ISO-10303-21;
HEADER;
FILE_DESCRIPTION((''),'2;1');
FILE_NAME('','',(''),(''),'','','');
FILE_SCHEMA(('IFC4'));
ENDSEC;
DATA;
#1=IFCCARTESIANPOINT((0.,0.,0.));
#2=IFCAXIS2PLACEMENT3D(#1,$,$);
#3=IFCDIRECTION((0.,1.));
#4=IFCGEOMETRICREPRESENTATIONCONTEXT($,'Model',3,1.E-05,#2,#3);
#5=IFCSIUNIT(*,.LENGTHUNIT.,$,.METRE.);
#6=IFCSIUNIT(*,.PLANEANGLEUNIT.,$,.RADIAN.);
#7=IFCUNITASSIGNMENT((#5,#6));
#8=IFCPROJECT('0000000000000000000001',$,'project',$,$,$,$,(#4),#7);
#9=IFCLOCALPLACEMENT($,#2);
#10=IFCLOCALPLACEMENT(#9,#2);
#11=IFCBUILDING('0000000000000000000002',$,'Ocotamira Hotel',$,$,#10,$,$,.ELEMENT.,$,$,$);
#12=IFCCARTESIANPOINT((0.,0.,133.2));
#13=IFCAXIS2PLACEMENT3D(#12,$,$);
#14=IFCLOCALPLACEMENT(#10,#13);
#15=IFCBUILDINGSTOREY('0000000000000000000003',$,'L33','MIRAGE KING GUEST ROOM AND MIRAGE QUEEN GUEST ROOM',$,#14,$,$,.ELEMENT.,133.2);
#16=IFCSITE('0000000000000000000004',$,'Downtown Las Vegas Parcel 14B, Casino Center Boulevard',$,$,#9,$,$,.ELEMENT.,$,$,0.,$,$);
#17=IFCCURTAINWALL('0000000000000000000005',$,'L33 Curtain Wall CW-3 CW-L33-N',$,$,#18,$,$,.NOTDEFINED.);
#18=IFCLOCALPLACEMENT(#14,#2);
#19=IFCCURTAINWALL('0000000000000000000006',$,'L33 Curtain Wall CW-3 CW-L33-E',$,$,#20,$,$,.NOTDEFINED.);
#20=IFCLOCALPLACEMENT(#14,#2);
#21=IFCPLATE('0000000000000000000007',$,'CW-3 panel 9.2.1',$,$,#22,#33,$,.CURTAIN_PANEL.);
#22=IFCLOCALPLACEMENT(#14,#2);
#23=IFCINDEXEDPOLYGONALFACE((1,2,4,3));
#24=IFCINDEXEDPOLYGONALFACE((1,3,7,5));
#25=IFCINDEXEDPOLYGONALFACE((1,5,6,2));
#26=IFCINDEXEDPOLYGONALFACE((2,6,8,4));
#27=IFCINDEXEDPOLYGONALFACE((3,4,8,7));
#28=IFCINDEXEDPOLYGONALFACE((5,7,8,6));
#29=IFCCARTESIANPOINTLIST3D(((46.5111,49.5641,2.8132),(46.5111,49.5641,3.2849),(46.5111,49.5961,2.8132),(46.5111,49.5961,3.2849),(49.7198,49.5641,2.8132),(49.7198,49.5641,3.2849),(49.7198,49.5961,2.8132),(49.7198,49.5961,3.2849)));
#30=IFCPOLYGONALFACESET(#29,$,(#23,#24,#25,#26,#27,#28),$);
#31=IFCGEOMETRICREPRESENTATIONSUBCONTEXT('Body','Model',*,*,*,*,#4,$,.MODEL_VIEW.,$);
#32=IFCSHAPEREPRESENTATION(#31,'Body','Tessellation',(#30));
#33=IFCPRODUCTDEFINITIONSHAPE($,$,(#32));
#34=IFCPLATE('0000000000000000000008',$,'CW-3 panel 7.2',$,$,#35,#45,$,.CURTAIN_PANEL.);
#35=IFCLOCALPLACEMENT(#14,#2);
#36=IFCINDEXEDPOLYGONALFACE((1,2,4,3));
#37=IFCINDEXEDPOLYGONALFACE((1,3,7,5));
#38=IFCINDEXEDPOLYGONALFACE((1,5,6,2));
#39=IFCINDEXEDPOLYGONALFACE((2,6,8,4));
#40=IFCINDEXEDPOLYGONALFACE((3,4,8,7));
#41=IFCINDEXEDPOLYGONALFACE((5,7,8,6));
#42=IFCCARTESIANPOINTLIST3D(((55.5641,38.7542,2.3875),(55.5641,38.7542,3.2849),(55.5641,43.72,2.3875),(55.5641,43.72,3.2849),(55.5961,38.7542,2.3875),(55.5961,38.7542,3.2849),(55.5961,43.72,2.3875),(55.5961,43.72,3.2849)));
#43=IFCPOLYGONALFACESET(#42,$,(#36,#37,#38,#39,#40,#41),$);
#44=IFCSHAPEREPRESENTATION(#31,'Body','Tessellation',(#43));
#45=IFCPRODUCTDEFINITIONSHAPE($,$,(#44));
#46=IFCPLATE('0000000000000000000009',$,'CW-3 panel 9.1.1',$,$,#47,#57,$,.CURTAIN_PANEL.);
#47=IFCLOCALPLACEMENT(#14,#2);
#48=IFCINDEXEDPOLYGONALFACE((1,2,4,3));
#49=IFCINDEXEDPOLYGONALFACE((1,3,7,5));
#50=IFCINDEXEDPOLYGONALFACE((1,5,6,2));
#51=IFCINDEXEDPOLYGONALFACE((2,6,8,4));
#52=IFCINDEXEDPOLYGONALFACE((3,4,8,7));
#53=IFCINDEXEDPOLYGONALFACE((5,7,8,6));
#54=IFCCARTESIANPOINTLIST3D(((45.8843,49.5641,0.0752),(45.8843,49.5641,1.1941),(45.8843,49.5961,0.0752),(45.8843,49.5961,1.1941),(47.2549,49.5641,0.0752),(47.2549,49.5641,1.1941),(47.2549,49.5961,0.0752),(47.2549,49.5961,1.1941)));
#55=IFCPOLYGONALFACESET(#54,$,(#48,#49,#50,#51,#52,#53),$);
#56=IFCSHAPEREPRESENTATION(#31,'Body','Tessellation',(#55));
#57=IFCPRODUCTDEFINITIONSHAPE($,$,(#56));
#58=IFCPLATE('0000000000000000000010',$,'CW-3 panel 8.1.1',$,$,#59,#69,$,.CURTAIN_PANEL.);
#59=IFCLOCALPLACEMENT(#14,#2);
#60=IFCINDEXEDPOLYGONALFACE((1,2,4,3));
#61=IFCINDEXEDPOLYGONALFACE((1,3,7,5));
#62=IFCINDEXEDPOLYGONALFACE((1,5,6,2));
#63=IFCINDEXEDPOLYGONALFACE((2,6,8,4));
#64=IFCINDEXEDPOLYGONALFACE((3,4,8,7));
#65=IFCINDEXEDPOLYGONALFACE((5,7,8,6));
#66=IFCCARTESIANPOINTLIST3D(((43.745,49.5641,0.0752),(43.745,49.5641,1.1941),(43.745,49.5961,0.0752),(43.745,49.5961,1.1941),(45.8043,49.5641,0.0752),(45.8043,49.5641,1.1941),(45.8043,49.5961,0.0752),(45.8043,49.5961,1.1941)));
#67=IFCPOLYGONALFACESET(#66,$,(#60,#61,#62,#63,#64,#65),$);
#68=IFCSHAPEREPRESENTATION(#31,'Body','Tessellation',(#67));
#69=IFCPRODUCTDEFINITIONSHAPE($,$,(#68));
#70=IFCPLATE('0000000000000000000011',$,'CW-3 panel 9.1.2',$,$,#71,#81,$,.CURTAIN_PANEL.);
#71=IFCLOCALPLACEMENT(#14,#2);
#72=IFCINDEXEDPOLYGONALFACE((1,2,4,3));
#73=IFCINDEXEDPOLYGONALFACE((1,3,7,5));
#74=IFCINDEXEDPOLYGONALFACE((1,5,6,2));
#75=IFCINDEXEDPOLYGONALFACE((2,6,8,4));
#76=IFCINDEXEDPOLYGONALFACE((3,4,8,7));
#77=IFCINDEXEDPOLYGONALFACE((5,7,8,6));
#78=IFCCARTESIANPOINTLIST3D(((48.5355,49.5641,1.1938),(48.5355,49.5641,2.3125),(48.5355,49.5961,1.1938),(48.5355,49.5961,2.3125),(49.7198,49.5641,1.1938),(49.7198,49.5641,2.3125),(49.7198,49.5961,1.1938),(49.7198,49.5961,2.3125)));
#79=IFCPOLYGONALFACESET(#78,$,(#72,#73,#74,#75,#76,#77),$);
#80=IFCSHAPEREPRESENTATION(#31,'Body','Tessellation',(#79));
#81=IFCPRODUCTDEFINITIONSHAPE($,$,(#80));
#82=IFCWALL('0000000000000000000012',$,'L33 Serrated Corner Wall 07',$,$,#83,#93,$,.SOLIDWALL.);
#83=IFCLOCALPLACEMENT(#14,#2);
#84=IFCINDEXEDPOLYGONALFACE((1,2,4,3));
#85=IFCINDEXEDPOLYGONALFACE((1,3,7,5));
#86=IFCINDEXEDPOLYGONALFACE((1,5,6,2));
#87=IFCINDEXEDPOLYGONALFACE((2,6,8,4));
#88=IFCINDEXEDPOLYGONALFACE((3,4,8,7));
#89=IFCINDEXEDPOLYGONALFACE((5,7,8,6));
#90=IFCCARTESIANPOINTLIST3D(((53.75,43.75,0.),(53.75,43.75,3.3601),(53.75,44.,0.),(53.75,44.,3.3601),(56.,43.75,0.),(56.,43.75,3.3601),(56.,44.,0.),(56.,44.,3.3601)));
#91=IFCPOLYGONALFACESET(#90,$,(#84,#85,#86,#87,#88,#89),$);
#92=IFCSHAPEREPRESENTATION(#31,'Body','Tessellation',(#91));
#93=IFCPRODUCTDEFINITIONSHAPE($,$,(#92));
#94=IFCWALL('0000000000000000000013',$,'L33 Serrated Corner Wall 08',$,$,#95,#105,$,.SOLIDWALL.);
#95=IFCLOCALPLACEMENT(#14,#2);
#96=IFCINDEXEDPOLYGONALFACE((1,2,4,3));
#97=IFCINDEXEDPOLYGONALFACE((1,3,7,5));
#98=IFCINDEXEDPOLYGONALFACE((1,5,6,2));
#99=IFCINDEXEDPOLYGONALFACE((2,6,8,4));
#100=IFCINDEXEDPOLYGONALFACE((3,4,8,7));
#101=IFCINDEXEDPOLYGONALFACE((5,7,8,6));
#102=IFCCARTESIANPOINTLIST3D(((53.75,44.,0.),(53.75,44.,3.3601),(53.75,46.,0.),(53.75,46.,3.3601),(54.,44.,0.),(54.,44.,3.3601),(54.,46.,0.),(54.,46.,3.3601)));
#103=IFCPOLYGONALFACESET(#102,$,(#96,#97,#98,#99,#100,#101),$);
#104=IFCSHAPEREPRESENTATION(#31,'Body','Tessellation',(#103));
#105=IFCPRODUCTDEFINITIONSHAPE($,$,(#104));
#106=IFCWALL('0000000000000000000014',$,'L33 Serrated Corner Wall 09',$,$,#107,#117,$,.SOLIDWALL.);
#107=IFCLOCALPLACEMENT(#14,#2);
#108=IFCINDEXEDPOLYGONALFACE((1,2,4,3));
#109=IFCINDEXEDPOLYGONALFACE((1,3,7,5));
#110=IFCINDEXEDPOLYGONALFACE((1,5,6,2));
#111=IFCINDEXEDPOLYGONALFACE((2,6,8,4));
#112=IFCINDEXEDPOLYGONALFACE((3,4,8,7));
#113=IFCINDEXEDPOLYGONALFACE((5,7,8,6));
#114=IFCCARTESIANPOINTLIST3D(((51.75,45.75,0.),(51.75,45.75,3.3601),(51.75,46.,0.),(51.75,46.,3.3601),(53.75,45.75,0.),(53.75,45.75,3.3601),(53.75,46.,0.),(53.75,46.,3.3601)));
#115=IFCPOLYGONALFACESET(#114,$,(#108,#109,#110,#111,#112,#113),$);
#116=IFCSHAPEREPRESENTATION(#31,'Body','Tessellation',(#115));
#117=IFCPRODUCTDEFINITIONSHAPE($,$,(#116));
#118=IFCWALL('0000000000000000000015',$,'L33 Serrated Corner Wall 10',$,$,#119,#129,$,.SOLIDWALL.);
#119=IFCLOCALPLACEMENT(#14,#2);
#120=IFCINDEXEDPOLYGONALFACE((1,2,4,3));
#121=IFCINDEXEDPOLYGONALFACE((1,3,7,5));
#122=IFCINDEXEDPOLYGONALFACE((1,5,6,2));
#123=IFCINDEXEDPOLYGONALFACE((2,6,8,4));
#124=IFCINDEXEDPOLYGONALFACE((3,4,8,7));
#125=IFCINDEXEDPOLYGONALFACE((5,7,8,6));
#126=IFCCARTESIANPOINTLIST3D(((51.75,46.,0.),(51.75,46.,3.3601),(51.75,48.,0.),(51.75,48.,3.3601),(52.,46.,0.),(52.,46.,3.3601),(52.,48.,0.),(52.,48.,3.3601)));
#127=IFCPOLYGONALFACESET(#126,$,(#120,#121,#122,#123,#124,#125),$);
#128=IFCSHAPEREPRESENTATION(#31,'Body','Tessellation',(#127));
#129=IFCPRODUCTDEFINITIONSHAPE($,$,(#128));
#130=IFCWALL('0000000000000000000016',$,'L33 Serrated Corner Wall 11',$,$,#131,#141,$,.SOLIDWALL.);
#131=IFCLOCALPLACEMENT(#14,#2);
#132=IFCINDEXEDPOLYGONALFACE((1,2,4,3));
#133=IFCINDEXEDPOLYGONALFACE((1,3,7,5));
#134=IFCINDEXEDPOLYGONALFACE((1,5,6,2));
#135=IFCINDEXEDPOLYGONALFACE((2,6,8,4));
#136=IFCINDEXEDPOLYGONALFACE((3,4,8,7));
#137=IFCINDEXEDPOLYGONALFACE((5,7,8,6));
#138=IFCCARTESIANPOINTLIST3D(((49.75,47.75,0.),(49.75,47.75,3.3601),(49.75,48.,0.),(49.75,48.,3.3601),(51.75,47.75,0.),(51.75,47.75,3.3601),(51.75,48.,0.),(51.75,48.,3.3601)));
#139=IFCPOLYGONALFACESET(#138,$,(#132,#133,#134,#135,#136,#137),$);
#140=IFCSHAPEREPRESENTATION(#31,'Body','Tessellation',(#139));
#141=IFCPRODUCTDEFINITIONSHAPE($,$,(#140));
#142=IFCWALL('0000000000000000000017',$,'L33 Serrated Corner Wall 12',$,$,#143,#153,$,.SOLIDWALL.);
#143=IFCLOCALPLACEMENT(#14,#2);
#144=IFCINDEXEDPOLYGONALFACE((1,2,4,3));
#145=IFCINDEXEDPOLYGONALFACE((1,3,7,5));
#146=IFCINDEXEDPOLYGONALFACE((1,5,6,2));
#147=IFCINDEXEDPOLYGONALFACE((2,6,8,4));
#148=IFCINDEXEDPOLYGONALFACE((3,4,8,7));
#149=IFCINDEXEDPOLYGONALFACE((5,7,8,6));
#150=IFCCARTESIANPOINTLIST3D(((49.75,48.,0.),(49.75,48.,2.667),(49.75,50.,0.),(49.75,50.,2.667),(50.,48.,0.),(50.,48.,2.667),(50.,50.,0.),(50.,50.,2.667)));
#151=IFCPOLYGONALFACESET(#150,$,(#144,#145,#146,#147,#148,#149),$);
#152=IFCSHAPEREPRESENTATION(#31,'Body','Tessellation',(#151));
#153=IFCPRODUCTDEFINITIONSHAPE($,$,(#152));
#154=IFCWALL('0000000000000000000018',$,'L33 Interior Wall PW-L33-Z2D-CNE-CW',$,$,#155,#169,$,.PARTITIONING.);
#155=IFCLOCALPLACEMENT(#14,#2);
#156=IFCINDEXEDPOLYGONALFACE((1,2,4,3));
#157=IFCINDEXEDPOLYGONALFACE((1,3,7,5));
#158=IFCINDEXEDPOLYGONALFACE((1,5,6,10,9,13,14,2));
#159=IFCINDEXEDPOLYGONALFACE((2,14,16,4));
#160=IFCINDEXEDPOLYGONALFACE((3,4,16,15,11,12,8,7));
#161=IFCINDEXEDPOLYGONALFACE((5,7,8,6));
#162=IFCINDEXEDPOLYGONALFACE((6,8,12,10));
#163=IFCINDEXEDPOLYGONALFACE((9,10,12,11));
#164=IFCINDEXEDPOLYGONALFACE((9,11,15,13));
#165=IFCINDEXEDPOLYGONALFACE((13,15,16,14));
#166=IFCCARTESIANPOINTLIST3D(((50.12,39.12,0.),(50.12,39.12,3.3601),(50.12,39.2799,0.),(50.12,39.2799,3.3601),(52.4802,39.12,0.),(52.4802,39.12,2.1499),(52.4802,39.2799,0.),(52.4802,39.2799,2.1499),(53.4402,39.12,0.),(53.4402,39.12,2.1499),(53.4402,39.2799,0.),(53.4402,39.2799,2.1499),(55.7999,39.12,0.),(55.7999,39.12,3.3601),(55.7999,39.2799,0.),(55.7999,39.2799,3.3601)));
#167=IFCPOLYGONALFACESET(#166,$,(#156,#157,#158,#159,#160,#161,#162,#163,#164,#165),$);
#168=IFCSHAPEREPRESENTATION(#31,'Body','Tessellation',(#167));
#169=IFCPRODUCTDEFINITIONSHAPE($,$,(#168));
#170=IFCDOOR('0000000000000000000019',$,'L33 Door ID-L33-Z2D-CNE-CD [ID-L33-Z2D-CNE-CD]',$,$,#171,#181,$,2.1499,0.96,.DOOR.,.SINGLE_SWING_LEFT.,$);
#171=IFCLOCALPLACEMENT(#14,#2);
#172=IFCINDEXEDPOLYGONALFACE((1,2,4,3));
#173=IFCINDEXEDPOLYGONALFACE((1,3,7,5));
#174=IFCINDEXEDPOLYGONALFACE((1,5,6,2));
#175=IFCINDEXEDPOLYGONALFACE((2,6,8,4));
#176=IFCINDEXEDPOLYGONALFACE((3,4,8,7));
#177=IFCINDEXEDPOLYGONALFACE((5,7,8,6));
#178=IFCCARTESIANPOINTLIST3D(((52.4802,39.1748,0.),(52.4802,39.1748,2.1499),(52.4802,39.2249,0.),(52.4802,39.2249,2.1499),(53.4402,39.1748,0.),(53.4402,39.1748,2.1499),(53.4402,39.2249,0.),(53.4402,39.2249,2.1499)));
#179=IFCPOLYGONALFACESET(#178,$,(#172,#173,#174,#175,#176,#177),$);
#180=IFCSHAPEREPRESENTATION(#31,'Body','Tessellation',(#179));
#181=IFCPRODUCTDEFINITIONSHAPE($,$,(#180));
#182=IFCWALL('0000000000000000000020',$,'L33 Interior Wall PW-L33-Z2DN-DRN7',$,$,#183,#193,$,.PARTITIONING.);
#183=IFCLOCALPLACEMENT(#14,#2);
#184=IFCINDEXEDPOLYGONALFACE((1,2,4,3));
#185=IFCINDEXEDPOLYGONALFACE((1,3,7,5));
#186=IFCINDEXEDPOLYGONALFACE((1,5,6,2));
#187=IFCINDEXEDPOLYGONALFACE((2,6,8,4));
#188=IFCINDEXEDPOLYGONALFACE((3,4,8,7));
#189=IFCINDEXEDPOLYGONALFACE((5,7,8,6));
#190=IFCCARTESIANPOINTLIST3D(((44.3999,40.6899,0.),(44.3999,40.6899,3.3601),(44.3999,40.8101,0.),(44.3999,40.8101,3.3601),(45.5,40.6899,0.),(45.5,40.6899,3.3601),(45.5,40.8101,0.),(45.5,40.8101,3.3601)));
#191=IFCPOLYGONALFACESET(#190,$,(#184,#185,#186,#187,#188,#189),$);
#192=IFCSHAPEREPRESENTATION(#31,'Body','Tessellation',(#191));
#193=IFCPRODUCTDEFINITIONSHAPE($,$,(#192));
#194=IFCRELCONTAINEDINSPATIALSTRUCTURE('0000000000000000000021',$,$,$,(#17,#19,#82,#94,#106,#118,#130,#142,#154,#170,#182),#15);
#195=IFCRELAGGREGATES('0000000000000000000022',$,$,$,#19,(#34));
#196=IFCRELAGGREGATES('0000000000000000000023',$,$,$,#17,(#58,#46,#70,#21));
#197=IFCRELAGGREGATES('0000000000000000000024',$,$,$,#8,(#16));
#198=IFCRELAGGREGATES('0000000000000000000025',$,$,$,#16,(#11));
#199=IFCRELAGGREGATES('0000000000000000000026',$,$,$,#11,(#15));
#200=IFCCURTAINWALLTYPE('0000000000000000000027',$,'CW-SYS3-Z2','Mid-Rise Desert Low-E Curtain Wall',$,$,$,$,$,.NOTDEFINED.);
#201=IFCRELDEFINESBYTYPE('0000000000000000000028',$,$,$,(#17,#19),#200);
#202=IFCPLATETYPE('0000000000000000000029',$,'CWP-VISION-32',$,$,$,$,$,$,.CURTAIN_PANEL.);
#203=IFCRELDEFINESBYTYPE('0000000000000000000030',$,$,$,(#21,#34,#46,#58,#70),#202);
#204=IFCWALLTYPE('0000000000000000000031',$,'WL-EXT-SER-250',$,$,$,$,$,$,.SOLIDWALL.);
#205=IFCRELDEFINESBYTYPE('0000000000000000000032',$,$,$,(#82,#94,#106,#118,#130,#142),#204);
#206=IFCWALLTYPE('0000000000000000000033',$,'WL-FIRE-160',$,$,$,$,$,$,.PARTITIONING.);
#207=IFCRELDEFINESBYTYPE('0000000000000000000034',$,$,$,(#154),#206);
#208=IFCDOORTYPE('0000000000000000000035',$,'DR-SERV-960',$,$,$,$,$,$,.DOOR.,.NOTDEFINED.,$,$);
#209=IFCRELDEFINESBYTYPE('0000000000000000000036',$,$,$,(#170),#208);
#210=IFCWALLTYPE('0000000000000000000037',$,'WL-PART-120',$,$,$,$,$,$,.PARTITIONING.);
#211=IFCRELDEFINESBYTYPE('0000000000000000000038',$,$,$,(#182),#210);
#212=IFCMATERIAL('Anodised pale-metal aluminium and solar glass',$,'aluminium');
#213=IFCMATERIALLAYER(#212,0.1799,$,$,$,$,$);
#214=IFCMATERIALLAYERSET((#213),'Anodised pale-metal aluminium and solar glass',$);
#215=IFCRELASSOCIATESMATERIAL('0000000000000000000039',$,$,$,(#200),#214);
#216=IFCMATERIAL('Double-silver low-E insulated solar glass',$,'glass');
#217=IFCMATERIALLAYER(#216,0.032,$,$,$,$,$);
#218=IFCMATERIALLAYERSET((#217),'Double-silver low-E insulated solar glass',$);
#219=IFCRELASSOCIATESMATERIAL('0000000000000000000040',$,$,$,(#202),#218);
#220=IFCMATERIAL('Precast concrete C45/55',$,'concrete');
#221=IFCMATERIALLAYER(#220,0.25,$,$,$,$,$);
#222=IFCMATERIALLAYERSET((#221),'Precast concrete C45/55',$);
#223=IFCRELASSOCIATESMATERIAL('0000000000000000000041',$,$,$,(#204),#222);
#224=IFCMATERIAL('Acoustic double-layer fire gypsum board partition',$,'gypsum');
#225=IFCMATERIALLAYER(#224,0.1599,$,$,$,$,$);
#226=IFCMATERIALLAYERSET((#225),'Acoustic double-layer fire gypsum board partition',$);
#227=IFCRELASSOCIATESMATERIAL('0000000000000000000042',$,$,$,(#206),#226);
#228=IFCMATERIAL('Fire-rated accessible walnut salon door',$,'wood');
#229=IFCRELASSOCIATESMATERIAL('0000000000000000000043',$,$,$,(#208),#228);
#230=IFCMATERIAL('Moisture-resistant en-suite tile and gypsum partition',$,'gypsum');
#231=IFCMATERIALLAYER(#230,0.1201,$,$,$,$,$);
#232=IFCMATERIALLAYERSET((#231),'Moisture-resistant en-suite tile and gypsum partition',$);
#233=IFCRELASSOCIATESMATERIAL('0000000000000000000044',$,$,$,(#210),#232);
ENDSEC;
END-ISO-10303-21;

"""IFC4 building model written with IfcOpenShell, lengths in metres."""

from ifc_helpers import new_model, si_unit, direction, frame, frame_2d, origin, origin_2d, place, context, subcontext, project, spatial, rectangle, extrude, source, transform, mapped, material, layer, layer_set, type_object, element, fill, aggregate, save


model = new_model("IFC4")

# Units and contexts
model_context = context("Model", 3, precision=1e-05, world=origin(), true_north=direction((0.0, 1.0)))
body_context = subcontext(model_context, "Body", "Model", "MODEL_VIEW")
ifc_project = project(units=[si_unit("LENGTHUNIT", "METRE"), si_unit("PLANEANGLEUNIT", "RADIAN")], contexts=[model_context])

# Site, building, storey
site_placement = place(None, origin())
site = spatial("IfcSite", under=ifc_project, at=site_placement, Name="Downtown Las Vegas Parcel 14B, Casino Center Boulevard", CompositionType="ELEMENT", RefElevation=0.0)
building_placement = place(site_placement, origin())
building = spatial("IfcBuilding", under=site, at=building_placement, Name="Ocotamira Hotel", CompositionType="ELEMENT")
storey_placement = place(building_placement, frame((0.0, 0.0, 133.2)))
storey = spatial("IfcBuildingStorey", under=building, at=storey_placement, Name="L33", Description="MIRAGE KING GUEST ROOM AND MIRAGE QUEEN GUEST ROOM", CompositionType="ELEMENT", Elevation=133.2)

# Curtain walls
ifc_material_1 = material(Name="Anodised pale-metal aluminium and solar glass", Category="aluminium")
ifc_layer_1 = layer(ifc_material_1, 0.1799)
ifc_layer_set_1 = layer_set([ifc_layer_1], Name="Anodised pale-metal aluminium and solar glass")
curtain_wall_type = type_object("IfcCurtainWallType", Name="CW-SYS3-Z2", Description="Mid-Rise Desert Low-E Curtain Wall", PredefinedType="NOTDEFINED", material=ifc_layer_set_1)
curtain_wall_1_placement = place(storey_placement, origin())
curtain_wall_1 = element("IfcCurtainWall", 1, at=curtain_wall_1_placement, inside=storey, type_object=curtain_wall_type, Name="L33 Curtain Wall CW-3 CW-L33-N", PredefinedType="NOTDEFINED")
curtain_wall_2_placement = place(storey_placement, origin())
curtain_wall_2 = element("IfcCurtainWall", 2, at=curtain_wall_2_placement, inside=storey, type_object=curtain_wall_type, Name="L33 Curtain Wall CW-3 CW-L33-E", PredefinedType="NOTDEFINED")

# Plates
ifc_material_2 = material(Name="Double-silver low-E insulated solar glass", Category="glass")
ifc_layer_2 = layer(ifc_material_2, 0.032)
ifc_layer_set_2 = layer_set([ifc_layer_2], Name="Double-silver low-E insulated solar glass")
plate_type_1 = type_object("IfcPlateType", Name="CWP-VISION-32", PredefinedType="CURTAIN_PANEL", material=ifc_layer_set_2)
shared_shape_1 = source(origin(), body_context, "Body", "SweptSolid", [
    extrude(rectangle(XDim=3.2087, YDim=0.032, at=origin_2d()), origin(), (0.0, 0.0, 1.0), 0.4717),
])
plate_1_placement = place(storey_placement, frame((48.1155, 49.5801, 2.8132), z_axis=(0.0, 0.0, 1.0), x_axis=(1.0, 0.0, 0.0)))
plate_1 = element("IfcPlate", 3, at=plate_1_placement, type_object=plate_type_1, Name="CW-3 panel 9.2.1", PredefinedType="CURTAIN_PANEL", context=body_context, shape_type="MappedRepresentation", body=[
    mapped(shared_shape_1, transform((0.0, 0.0, 0.0), scale=1.0)),
])
shared_shape_2 = source(origin(), body_context, "Body", "SweptSolid", [
    extrude(rectangle(XDim=4.9658, YDim=0.032, at=origin_2d()), origin(), (0.0, 0.0, 1.0), 0.8975),
])
plate_2_placement = place(storey_placement, frame((55.5801, 41.2371, 2.3875), z_axis=(0.0, 0.0, 1.0), x_axis=(0.0, 1.0, 0.0)))
plate_2 = element("IfcPlate", 4, at=plate_2_placement, type_object=plate_type_1, Name="CW-3 panel 7.2", PredefinedType="CURTAIN_PANEL", context=body_context, shape_type="MappedRepresentation", body=[
    mapped(shared_shape_2, transform((0.0, 0.0, 0.0), scale=1.0)),
])
aggregate(curtain_wall_2, [plate_2])
shared_shape_3 = source(origin(), body_context, "Body", "SweptSolid", [
    extrude(rectangle(XDim=1.3706, YDim=0.032, at=origin_2d()), origin(), (0.0, 0.0, 1.0), 1.1189),
])
plate_3_placement = place(storey_placement, frame((46.5696, 49.5801, 0.0752), z_axis=(0.0, 0.0, 1.0), x_axis=(1.0, 0.0, 0.0)))
plate_3 = element("IfcPlate", 5, at=plate_3_placement, type_object=plate_type_1, Name="CW-3 panel 9.1.1", PredefinedType="CURTAIN_PANEL", context=body_context, shape_type="MappedRepresentation", body=[
    mapped(shared_shape_3, transform((0.0, 0.0, 0.0), scale=1.0)),
])
shared_shape_4 = source(origin(), body_context, "Body", "SweptSolid", [
    extrude(rectangle(XDim=2.0593, YDim=0.032, at=origin_2d()), origin(), (0.0, 0.0, 1.0), 1.1189),
])
plate_4_placement = place(storey_placement, frame((44.7747, 49.5801, 0.0752), z_axis=(0.0, 0.0, 1.0), x_axis=(1.0, 0.0, 0.0)))
plate_4 = element("IfcPlate", 6, at=plate_4_placement, type_object=plate_type_1, Name="CW-3 panel 8.1.1", PredefinedType="CURTAIN_PANEL", context=body_context, shape_type="MappedRepresentation", body=[
    mapped(shared_shape_4, transform((0.0, 0.0, 0.0), scale=1.0)),
])
shared_shape_5 = source(origin(), body_context, "Body", "SweptSolid", [
    extrude(rectangle(XDim=1.1843, YDim=0.032, at=origin_2d()), origin(), (0.0, 0.0, 1.0), 1.1187),
])
plate_5_placement = place(storey_placement, frame((49.1277, 49.5801, 1.1938), z_axis=(0.0, 0.0, 1.0), x_axis=(1.0, 0.0, 0.0)))
plate_5 = element("IfcPlate", 7, at=plate_5_placement, type_object=plate_type_1, Name="CW-3 panel 9.1.2", PredefinedType="CURTAIN_PANEL", context=body_context, shape_type="MappedRepresentation", body=[
    mapped(shared_shape_5, transform((0.0, 0.0, 0.0), scale=1.0)),
])
aggregate(curtain_wall_1, [plate_4, plate_3, plate_5, plate_1])

# Walls
ifc_material_3 = material(Name="Precast concrete C45/55", Category="concrete")
ifc_layer_3 = layer(ifc_material_3, 0.25)
ifc_layer_set_3 = layer_set([ifc_layer_3], Name="Precast concrete C45/55")
wall_type_1 = type_object("IfcWallType", Name="WL-EXT-SER-250", PredefinedType="SOLIDWALL", material=ifc_layer_set_3)
wall_1_placement = place(storey_placement, frame((56.0, 43.875, 0.0), z_axis=(0.0, 0.0, 1.0), x_axis=(-1.0, 0.0, 0.0)))
element("IfcWall", 8, at=wall_1_placement, inside=storey, type_object=wall_type_1, Name="L33 Serrated Corner Wall 07", PredefinedType="SOLIDWALL", context=body_context, shape_type="SweptSolid", body=[
    extrude(rectangle(XDim=2.25, YDim=0.25, at=frame_2d((1.125, 0.0))), origin(), (0.0, 0.0, 1.0), 3.3601),
])
for number, where, z_axis, x_axis, name in (
    (9, (53.875, 44.0, 0.0), (0.0, 0.0, 1.0), (0.0, 1.0, 0.0), "L33 Serrated Corner Wall 08"),
    (10, (53.75, 45.875, 0.0), (0.0, 0.0, 1.0), (-1.0, 0.0, 0.0), "L33 Serrated Corner Wall 09"),
    (11, (51.875, 46.0, 0.0), (0.0, 0.0, 1.0), (0.0, 1.0, 0.0), "L33 Serrated Corner Wall 10"),
    (12, (51.75, 47.875, 0.0), (0.0, 0.0, 1.0), (-1.0, 0.0, 0.0), "L33 Serrated Corner Wall 11"),
):
    element("IfcWall", number, at=place(storey_placement, frame(where, z_axis=z_axis, x_axis=x_axis)), inside=storey, type_object=wall_type_1, Name=name, PredefinedType="SOLIDWALL", context=body_context, shape_type="SweptSolid", body=[
        extrude(rectangle(XDim=2.0, YDim=0.25, at=frame_2d((1.0, 0.0))), origin(), (0.0, 0.0, 1.0), 3.3601),
    ])
wall_2_placement = place(storey_placement, frame((49.875, 48.0, 0.0), z_axis=(0.0, 0.0, 1.0), x_axis=(0.0, 1.0, 0.0)))
element("IfcWall", 13, at=wall_2_placement, inside=storey, type_object=wall_type_1, Name="L33 Serrated Corner Wall 12", PredefinedType="SOLIDWALL", context=body_context, shape_type="SweptSolid", body=[
    extrude(rectangle(XDim=2.0, YDim=0.25, at=frame_2d((1.0, 0.0))), origin(), (0.0, 0.0, 1.0), 2.667),
])

# Wall, opening, door
ifc_material_4 = material(Name="Acoustic double-layer fire gypsum board partition", Category="gypsum")
ifc_layer_4 = layer(ifc_material_4, 0.1599)
ifc_layer_set_4 = layer_set([ifc_layer_4], Name="Acoustic double-layer fire gypsum board partition")
wall_type_2 = type_object("IfcWallType", Name="WL-FIRE-160", PredefinedType="PARTITIONING", material=ifc_layer_set_4)
wall_3_placement = place(storey_placement, frame((50.1201, 39.2, 0.0), z_axis=(0.0, 0.0, 1.0), x_axis=(1.0, 0.0, 0.0)))
wall_3 = element("IfcWall", 14, at=wall_3_placement, inside=storey, type_object=wall_type_2, Name="L33 Interior Wall PW-L33-Z2D-CNE-CW", PredefinedType="PARTITIONING", context=body_context, shape_type="SweptSolid", body=[
    extrude(rectangle(XDim=5.6799, YDim=0.1599, at=frame_2d((2.8398, 0.0))), origin(), (0.0, 0.0, 1.0), 3.3601),
])
opening_1_placement = place(wall_3_placement, frame((2.3601, 0.0, 0.0)))
opening_1 = element("IfcOpeningElement", 15, at=opening_1_placement, cuts=wall_3, PredefinedType="OPENING", context=body_context, shape_type="SweptSolid", body=[
    extrude(rectangle(XDim=0.96, YDim=2.1499, at=frame_2d((0.48, 1.075))), frame((0.0, 0.0898, 0.0), z_axis=(0.0, -1.0, 0.0), x_axis=(1.0, 0.0, 0.0)), (0.0, 0.0, 1.0), 0.1799),
])
ifc_material_5 = material(Name="Fire-rated accessible walnut salon door", Category="wood")
door_type_1 = type_object("IfcDoorType", Name="DR-SERV-960", OperationType="NOTDEFINED", PredefinedType="DOOR", material=ifc_material_5)
shared_shape_6 = source(origin(), body_context, "Body", "SweptSolid", [
    extrude(rectangle(XDim=0.96, YDim=2.1499, at=frame_2d((0.48, 1.075))), frame((0.0, 0.0249, 0.0), z_axis=(0.0, -1.0, 0.0), x_axis=(1.0, 0.0, 0.0)), (0.0, 0.0, 1.0), 0.05),
])
door_1_placement = place(opening_1_placement, origin())
door_1 = element("IfcDoor", 16, at=door_1_placement, inside=storey, type_object=door_type_1, Name="L33 Door ID-L33-Z2D-CNE-CD [ID-L33-Z2D-CNE-CD]", OperationType="SINGLE_SWING_LEFT", OverallHeight=2.1499, OverallWidth=0.96, PredefinedType="DOOR", context=body_context, shape_type="MappedRepresentation", body=[
    mapped(shared_shape_6, transform((0.0, 0.0, 0.0), scale=1.0)),
])
fill(opening_1, door_1)

# Wall
ifc_material_6 = material(Name="Moisture-resistant en-suite tile and gypsum partition", Category="gypsum")
ifc_layer_5 = layer(ifc_material_6, 0.1201)
ifc_layer_set_5 = layer_set([ifc_layer_5], Name="Moisture-resistant en-suite tile and gypsum partition")
wall_type_3 = type_object("IfcWallType", Name="WL-PART-120", PredefinedType="PARTITIONING", material=ifc_layer_set_5)
wall_4_placement = place(storey_placement, frame((44.3999, 40.75, 0.0), z_axis=(0.0, 0.0, 1.0), x_axis=(1.0, 0.0, 0.0)))
element("IfcWall", 17, at=wall_4_placement, inside=storey, type_object=wall_type_3, Name="L33 Interior Wall PW-L33-Z2DN-DRN7", PredefinedType="PARTITIONING", context=body_context, shape_type="SweptSolid", body=[
    extrude(rectangle(XDim=1.1001, YDim=0.1201, at=frame_2d((0.55, 0.0))), origin(), (0.0, 0.0, 1.0), 3.3601),
])

save(model, "model.ifc")
